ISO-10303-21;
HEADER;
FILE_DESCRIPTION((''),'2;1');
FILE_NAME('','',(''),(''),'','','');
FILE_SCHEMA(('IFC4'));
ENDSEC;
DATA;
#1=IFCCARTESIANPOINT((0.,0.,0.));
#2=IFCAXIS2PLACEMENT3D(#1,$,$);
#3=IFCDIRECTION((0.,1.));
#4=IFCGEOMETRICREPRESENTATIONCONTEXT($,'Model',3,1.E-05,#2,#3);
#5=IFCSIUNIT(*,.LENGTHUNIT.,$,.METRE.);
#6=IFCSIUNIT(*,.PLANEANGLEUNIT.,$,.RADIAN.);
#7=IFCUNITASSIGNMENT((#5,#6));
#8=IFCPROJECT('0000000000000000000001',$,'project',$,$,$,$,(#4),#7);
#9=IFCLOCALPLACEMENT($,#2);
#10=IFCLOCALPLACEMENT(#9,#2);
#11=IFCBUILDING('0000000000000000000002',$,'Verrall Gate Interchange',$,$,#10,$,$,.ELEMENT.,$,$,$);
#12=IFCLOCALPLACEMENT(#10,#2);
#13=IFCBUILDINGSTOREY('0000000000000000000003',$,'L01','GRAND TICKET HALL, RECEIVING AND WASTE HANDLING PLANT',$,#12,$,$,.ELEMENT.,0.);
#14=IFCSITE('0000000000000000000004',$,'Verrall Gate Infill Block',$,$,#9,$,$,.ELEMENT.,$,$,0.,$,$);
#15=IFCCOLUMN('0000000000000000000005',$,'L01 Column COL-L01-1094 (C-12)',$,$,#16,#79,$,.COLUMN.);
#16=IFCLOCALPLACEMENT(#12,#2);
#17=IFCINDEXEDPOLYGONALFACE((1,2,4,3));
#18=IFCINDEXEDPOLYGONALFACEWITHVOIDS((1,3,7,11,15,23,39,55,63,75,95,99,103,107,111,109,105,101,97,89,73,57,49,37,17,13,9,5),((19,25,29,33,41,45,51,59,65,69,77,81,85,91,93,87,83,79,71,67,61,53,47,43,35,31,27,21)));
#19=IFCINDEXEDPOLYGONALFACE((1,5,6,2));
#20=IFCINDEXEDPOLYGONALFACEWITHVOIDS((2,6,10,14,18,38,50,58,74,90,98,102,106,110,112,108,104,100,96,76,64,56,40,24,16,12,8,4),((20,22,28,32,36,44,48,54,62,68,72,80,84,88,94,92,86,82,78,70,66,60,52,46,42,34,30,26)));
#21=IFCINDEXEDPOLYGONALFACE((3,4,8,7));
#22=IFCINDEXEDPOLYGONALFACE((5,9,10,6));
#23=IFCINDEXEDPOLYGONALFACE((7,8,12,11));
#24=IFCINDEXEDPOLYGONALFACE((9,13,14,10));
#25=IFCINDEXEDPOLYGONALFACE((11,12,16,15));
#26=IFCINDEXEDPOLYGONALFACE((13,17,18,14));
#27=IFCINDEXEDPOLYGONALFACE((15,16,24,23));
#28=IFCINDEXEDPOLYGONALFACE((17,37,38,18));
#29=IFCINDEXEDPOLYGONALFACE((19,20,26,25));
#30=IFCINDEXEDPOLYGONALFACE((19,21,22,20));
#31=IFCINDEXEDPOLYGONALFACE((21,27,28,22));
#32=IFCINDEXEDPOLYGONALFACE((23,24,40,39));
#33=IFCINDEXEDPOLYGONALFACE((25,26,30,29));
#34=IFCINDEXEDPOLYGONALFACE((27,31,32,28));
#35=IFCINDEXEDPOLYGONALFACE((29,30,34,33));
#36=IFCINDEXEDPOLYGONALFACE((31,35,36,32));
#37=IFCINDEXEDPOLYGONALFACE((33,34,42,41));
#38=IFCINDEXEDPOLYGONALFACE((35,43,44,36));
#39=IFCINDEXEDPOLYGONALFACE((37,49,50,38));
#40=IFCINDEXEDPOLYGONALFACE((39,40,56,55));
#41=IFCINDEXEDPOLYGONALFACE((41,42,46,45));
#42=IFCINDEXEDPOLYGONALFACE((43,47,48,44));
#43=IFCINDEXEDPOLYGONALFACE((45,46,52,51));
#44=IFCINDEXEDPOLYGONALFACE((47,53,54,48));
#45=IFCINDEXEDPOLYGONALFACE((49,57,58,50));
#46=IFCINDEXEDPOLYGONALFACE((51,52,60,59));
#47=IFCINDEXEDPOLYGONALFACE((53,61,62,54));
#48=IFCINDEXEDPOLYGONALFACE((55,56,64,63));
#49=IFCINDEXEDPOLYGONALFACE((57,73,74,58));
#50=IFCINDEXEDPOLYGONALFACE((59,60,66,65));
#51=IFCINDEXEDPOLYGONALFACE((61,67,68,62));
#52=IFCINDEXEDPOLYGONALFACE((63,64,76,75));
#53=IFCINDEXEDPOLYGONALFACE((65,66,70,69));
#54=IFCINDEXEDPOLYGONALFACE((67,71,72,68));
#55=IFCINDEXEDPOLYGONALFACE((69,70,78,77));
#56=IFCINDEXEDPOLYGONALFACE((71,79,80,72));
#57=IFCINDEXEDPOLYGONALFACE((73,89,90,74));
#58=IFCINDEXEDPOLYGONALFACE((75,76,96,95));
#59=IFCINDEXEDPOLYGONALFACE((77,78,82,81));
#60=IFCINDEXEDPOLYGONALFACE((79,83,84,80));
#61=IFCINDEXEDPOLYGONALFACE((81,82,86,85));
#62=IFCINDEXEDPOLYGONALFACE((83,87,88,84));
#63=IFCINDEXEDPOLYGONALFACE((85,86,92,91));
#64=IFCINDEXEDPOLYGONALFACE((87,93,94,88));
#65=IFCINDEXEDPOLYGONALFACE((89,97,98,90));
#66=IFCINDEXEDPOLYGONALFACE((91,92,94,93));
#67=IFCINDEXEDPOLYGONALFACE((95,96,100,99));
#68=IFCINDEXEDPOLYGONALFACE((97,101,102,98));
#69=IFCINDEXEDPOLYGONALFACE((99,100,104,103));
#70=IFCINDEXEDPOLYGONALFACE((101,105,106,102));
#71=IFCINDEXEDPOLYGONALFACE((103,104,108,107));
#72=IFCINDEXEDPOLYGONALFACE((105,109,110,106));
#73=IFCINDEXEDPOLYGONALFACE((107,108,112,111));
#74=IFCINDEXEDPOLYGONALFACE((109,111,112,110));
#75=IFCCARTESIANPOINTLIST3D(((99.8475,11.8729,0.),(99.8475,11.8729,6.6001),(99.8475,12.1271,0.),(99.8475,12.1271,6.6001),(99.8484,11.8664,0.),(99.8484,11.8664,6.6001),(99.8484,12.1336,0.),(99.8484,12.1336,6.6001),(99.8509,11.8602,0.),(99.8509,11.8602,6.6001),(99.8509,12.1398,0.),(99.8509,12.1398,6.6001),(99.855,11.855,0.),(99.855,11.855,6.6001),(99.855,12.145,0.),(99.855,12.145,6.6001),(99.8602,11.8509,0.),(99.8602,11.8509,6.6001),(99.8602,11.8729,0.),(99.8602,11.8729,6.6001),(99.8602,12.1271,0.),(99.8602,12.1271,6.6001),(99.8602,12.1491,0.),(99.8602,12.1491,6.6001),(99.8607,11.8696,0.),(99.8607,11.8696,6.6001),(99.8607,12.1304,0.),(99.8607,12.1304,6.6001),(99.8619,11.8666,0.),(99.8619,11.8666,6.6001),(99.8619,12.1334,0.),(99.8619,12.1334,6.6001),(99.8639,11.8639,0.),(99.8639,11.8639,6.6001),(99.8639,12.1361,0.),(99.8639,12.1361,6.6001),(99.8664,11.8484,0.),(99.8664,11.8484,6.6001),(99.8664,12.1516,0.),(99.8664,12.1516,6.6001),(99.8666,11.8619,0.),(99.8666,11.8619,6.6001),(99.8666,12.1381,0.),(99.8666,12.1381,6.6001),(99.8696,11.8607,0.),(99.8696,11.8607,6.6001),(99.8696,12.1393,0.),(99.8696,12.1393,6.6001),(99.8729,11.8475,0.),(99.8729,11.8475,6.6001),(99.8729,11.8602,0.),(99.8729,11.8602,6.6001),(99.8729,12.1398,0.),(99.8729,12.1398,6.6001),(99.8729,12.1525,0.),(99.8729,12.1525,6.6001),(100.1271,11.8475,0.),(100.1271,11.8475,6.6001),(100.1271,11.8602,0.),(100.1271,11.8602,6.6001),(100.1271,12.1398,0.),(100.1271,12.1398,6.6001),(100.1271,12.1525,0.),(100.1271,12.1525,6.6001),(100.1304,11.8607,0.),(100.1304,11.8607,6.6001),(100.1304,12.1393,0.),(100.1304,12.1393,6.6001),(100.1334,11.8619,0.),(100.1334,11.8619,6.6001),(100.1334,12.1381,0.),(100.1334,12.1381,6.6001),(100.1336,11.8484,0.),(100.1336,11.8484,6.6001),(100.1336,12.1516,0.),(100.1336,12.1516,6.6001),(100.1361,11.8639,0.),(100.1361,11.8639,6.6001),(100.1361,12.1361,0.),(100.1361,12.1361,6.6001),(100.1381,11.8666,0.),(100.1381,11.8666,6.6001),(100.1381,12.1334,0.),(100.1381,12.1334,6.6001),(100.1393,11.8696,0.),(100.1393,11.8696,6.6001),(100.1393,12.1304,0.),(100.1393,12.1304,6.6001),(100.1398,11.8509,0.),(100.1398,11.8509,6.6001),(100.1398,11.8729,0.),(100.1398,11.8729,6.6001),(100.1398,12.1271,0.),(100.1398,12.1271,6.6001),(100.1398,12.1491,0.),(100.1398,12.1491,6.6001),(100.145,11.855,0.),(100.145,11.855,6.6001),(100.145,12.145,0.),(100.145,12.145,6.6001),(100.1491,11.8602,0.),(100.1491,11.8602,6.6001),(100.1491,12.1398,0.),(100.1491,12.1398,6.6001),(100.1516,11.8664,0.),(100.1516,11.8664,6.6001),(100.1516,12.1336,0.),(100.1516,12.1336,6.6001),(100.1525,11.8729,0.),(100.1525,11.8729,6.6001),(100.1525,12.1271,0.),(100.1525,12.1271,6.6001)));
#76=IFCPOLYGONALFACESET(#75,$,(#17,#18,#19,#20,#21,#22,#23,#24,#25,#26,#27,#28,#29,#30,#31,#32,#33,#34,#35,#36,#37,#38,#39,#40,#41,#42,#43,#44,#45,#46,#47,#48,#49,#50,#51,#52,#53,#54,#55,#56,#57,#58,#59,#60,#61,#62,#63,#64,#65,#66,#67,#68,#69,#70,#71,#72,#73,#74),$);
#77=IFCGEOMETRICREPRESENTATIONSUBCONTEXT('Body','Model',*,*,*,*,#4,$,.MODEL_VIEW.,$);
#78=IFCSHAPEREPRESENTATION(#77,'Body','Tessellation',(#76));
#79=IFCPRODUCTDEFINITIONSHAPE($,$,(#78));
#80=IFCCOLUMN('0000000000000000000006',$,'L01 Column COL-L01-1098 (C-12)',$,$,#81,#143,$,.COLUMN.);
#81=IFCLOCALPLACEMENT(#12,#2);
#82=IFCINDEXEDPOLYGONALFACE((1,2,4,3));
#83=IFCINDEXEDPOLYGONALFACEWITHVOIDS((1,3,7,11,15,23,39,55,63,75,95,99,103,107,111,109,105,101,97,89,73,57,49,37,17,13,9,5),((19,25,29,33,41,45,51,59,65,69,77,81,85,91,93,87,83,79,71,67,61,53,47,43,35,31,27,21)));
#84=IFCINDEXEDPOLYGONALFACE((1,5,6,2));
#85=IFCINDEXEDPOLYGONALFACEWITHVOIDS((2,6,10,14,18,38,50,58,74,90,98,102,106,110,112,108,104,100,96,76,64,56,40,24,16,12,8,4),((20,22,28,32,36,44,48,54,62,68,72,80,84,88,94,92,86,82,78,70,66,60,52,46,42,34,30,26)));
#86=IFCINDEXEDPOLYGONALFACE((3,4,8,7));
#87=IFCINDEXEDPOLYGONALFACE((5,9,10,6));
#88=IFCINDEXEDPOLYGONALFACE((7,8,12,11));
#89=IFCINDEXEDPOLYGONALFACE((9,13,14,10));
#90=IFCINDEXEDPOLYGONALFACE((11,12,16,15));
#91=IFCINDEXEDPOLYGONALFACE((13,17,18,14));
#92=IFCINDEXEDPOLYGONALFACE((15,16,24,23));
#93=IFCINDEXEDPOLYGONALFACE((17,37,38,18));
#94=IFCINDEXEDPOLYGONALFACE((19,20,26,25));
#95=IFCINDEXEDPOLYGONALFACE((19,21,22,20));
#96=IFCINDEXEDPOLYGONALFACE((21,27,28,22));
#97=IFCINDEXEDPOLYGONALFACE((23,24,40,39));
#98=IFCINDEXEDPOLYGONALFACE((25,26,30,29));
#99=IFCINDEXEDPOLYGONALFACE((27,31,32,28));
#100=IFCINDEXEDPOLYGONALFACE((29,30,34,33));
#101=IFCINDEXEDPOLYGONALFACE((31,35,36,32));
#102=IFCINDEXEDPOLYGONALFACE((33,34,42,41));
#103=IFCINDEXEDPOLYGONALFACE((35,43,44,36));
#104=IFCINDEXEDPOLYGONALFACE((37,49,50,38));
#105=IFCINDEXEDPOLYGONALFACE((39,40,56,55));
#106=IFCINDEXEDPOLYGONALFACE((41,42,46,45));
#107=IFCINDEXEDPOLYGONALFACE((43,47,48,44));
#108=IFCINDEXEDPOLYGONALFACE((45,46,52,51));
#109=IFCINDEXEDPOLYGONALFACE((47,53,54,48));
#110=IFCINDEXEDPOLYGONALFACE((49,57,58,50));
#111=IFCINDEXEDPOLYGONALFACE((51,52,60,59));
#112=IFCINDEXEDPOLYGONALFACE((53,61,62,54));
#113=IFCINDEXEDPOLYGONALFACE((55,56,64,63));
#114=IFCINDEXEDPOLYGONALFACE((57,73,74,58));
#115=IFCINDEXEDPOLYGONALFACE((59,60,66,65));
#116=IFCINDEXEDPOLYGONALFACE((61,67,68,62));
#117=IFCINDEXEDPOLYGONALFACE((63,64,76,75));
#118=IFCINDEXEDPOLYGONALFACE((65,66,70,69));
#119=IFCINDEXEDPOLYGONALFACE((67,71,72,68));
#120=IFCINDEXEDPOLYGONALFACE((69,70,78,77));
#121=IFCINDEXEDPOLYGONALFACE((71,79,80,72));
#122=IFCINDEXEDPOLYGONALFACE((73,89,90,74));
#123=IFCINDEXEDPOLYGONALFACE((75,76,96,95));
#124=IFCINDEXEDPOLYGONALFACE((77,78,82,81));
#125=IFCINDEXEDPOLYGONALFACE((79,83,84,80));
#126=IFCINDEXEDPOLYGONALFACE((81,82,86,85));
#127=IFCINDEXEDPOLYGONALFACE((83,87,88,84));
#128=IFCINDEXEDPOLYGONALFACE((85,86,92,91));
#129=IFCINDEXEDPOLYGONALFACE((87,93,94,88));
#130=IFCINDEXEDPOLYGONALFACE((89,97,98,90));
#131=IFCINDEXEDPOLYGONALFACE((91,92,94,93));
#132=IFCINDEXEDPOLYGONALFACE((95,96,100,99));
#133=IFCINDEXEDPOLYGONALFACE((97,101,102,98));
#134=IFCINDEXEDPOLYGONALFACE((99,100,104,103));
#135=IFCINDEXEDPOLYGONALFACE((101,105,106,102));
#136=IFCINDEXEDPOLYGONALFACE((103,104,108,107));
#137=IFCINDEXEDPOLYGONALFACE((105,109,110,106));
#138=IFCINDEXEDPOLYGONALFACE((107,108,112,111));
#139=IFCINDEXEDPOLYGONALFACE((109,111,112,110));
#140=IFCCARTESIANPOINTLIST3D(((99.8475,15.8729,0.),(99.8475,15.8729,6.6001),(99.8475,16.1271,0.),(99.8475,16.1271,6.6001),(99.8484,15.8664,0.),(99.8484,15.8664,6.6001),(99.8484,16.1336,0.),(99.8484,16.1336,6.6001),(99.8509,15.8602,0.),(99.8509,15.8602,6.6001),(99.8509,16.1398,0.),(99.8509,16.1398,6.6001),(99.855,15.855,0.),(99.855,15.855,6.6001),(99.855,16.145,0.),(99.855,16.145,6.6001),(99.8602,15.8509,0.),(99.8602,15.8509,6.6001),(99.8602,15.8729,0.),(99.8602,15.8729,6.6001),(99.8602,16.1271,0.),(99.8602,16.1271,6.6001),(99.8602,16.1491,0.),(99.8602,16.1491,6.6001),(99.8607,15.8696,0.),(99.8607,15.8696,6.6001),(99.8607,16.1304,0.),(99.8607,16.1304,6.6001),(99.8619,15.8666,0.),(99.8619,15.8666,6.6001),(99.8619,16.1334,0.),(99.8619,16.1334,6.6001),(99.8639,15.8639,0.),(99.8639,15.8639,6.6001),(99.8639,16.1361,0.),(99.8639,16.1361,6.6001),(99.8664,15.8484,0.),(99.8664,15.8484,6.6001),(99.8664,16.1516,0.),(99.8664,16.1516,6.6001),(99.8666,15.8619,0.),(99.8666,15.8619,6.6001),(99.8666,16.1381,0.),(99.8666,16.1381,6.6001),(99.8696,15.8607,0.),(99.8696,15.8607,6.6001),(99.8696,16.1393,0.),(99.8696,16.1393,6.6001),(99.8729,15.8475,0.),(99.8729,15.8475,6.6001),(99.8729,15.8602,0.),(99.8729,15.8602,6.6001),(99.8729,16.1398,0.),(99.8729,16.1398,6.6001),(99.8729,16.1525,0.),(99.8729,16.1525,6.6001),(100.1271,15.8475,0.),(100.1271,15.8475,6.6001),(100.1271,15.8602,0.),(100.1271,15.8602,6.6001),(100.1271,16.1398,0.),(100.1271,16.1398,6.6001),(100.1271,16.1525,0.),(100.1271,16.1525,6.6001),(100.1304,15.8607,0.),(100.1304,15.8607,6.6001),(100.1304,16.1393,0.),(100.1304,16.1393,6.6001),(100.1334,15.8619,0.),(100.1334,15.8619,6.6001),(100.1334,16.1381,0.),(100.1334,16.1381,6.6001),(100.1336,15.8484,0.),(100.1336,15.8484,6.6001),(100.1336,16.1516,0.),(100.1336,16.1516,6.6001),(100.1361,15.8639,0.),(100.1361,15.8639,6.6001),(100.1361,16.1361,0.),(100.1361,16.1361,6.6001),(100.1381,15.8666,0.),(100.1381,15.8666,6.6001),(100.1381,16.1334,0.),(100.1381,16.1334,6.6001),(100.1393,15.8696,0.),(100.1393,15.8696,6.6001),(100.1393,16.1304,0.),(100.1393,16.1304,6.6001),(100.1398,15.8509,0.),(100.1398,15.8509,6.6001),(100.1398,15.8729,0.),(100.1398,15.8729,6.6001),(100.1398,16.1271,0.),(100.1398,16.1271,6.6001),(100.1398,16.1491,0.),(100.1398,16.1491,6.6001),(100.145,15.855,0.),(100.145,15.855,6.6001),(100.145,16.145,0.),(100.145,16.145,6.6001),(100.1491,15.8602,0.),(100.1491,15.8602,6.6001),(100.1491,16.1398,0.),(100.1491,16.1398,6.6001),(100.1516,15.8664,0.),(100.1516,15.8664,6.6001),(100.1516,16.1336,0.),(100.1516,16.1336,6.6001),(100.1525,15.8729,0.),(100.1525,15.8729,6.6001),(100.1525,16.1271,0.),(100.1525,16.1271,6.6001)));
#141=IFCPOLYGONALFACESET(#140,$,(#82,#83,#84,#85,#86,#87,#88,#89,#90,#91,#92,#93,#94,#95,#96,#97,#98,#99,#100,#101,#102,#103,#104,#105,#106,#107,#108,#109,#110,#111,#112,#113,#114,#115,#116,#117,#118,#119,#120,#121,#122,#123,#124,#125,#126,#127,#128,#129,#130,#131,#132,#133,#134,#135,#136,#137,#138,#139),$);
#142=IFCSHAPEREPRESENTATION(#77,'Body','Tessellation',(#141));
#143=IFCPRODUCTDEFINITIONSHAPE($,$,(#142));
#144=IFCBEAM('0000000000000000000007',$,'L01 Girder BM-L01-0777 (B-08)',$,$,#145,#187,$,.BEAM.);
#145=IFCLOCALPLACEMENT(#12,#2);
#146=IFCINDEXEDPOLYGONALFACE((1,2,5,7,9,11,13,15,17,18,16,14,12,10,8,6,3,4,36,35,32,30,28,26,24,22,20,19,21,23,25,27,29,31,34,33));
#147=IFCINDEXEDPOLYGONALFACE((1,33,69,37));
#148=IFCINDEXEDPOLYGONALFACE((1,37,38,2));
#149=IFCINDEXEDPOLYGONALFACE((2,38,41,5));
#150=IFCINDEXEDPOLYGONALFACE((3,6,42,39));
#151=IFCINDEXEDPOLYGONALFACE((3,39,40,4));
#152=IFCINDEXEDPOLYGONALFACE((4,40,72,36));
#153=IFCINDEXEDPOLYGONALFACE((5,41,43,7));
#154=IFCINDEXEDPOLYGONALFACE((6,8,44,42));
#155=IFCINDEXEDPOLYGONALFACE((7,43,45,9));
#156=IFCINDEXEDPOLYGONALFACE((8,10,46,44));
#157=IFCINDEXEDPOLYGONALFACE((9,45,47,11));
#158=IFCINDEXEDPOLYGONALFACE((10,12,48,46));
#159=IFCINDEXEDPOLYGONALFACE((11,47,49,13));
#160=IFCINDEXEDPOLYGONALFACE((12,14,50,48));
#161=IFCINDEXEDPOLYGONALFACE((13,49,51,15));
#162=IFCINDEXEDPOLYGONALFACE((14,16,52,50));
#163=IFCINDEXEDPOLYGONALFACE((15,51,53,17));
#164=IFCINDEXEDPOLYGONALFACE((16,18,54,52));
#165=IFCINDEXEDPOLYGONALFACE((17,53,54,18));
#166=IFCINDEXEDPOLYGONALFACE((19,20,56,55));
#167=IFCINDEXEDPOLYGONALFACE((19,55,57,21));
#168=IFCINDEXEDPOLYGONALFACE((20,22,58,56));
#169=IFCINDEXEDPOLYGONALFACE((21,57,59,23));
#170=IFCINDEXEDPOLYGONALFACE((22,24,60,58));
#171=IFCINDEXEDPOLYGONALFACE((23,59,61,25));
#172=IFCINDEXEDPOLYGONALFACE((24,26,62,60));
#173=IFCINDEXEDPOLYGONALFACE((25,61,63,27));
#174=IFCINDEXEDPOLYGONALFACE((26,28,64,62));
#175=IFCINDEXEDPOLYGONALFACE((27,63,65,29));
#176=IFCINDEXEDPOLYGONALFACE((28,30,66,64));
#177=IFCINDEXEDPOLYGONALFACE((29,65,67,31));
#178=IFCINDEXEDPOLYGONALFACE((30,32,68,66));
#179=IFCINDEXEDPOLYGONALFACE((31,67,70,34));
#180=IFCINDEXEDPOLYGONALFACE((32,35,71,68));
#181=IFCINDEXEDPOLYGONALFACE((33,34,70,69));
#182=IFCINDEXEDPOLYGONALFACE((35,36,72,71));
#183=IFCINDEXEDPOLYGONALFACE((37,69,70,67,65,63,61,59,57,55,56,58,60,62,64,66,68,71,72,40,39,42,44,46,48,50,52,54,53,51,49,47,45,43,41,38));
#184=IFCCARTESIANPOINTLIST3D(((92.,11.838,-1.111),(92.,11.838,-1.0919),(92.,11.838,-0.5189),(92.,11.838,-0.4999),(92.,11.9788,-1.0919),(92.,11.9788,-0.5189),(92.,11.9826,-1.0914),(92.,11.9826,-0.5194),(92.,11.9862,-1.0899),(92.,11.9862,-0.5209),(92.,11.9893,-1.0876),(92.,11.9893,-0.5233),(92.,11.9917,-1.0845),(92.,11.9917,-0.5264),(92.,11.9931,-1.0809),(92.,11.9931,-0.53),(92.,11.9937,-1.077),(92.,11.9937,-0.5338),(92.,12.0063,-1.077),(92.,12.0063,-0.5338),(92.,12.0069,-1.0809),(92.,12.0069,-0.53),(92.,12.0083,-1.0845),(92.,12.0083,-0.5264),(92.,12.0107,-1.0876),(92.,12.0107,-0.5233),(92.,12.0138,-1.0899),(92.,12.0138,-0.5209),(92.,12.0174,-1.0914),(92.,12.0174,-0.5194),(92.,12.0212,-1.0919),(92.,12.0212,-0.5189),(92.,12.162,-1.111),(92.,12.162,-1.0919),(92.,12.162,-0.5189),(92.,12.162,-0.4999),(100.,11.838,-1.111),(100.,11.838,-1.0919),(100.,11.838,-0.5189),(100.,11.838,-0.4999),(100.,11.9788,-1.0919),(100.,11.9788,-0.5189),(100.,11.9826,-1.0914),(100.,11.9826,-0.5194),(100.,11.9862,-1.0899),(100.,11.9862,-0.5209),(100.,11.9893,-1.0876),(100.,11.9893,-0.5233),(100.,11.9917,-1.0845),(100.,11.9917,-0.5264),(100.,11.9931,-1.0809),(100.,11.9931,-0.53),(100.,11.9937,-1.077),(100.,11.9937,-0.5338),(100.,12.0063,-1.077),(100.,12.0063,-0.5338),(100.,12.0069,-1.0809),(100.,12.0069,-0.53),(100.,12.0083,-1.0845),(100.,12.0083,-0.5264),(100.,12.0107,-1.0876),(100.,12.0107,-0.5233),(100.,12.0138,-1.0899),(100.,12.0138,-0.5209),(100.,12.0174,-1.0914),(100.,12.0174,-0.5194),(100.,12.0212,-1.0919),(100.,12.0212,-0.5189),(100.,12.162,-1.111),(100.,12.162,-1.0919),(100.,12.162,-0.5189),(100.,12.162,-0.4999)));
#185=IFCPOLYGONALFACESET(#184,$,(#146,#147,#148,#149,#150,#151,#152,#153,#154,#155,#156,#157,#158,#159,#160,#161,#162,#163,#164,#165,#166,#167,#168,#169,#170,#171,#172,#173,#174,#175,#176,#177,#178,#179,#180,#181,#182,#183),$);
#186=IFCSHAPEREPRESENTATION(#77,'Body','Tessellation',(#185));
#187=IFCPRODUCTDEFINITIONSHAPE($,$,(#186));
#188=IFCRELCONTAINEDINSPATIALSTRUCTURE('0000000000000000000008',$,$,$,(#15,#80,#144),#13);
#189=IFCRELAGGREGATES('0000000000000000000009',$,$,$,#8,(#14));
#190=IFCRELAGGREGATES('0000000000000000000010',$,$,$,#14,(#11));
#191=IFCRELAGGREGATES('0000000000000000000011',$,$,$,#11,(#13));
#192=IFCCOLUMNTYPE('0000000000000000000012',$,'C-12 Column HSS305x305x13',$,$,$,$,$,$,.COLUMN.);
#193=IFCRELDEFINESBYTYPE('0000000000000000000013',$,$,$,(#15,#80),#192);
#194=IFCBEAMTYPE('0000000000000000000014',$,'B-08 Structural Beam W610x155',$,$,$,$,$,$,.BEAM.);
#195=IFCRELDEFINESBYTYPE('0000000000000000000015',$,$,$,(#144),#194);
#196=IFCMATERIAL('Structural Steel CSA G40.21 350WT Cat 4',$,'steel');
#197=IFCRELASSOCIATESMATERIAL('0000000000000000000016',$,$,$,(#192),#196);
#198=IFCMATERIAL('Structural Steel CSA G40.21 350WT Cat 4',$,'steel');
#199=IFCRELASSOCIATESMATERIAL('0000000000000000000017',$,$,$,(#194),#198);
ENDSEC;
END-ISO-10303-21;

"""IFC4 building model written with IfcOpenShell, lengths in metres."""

from ifc_helpers import new_model, si_unit, direction, frame, origin, origin_2d, place, context, subcontext, project, spatial, hollow_rectangle, i_section, extrude, material, material_profile, profile_set, type_object, element, save


model = new_model("IFC4")

# Units and contexts
model_context = context("Model", 3, precision=1e-05, world=origin(), true_north=direction((0.0, 1.0)))
body_context = subcontext(model_context, "Body", "Model", "MODEL_VIEW")
ifc_project = project(units=[si_unit("LENGTHUNIT", "METRE"), si_unit("PLANEANGLEUNIT", "RADIAN")], contexts=[model_context])

# Site, building, storey
site_placement = place(None, origin())
site = spatial("IfcSite", under=ifc_project, at=site_placement, Name="Verrall Gate Infill Block", CompositionType="ELEMENT", RefElevation=0.0)
building_placement = place(site_placement, origin())
building = spatial("IfcBuilding", under=site, at=building_placement, Name="Verrall Gate Interchange", CompositionType="ELEMENT")
storey_placement = place(building_placement, origin())
storey = spatial("IfcBuildingStorey", under=building, at=storey_placement, Name="L01", Description="GRAND TICKET HALL, RECEIVING AND WASTE HANDLING PLANT", CompositionType="ELEMENT", Elevation=0.0)

# Columns
ifc_material_1 = material(Name="Structural Steel CSA G40.21 350WT Cat 4", Category="steel")
ifc_material_profile_1 = material_profile(ifc_material_1, hollow_rectangle(XDim=0.3049, YDim=0.3049, WallThickness=0.0127, InnerFilletRadius=0.0127, OuterFilletRadius=0.0254, at=origin_2d()), Name="HSS305x305x13")
ifc_profile_set_1 = profile_set([ifc_material_profile_1], Name="Structural Steel CSA G40.21 350WT Cat 4")
column_type = type_object("IfcColumnType", Name="C-12 Column HSS305x305x13", PredefinedType="COLUMN", material=ifc_profile_set_1)
for number, where, z_axis, x_axis, name in (
    (1, (100.0, 12.0, 0.0), (0.0, 0.0, 1.0), (1.0, 0.0, 0.0), "L01 Column COL-L01-1094 (C-12)"),
    (2, (100.0, 16.0, 0.0), (0.0, 0.0, 1.0), (1.0, 0.0, 0.0), "L01 Column COL-L01-1098 (C-12)"),
):
    element("IfcColumn", number, at=place(storey_placement, frame(where, z_axis=z_axis, x_axis=x_axis)), inside=storey, type_object=column_type, Name=name, PredefinedType="COLUMN", context=body_context, shape_type="SweptSolid", body=[
        extrude(hollow_rectangle(XDim=0.3049, YDim=0.3049, WallThickness=0.0127, InnerFilletRadius=0.0127, OuterFilletRadius=0.0254, at=origin_2d()), origin(), (0.0, 0.0, 1.0), 6.6001),
    ])

# Beam
ifc_material_2 = material(Name="Structural Steel CSA G40.21 350WT Cat 4", Category="steel")
ifc_material_profile_2 = material_profile(ifc_material_2, i_section(OverallWidth=0.324, OverallDepth=0.6111, WebThickness=0.0127, FlangeThickness=0.019, FilletRadius=0.0149, at=origin_2d()), Name="W610x155")
ifc_profile_set_2 = profile_set([ifc_material_profile_2], Name="Structural Steel CSA G40.21 350WT Cat 4")
beam_type_1 = type_object("IfcBeamType", Name="B-08 Structural Beam W610x155", PredefinedType="BEAM", material=ifc_profile_set_2)
for number, where, z_axis, x_axis, name in (
    (3, (92.0, 12.0, -0.8054), (1.0, 0.0, 0.0), (0.0, 1.0, 0.0), "L01 Girder BM-L01-0777 (B-08)"),
):
    element("IfcBeam", number, at=place(storey_placement, frame(where, z_axis=z_axis, x_axis=x_axis)), inside=storey, type_object=beam_type_1, Name=name, PredefinedType="BEAM", context=body_context, shape_type="SweptSolid", body=[
        extrude(i_section(OverallWidth=0.324, OverallDepth=0.6111, WebThickness=0.0127, FlangeThickness=0.019, FilletRadius=0.0149, at=origin_2d()), origin(), (0.0, 0.0, 1.0), 8.0),
    ])

save(model, "model.ifc")
